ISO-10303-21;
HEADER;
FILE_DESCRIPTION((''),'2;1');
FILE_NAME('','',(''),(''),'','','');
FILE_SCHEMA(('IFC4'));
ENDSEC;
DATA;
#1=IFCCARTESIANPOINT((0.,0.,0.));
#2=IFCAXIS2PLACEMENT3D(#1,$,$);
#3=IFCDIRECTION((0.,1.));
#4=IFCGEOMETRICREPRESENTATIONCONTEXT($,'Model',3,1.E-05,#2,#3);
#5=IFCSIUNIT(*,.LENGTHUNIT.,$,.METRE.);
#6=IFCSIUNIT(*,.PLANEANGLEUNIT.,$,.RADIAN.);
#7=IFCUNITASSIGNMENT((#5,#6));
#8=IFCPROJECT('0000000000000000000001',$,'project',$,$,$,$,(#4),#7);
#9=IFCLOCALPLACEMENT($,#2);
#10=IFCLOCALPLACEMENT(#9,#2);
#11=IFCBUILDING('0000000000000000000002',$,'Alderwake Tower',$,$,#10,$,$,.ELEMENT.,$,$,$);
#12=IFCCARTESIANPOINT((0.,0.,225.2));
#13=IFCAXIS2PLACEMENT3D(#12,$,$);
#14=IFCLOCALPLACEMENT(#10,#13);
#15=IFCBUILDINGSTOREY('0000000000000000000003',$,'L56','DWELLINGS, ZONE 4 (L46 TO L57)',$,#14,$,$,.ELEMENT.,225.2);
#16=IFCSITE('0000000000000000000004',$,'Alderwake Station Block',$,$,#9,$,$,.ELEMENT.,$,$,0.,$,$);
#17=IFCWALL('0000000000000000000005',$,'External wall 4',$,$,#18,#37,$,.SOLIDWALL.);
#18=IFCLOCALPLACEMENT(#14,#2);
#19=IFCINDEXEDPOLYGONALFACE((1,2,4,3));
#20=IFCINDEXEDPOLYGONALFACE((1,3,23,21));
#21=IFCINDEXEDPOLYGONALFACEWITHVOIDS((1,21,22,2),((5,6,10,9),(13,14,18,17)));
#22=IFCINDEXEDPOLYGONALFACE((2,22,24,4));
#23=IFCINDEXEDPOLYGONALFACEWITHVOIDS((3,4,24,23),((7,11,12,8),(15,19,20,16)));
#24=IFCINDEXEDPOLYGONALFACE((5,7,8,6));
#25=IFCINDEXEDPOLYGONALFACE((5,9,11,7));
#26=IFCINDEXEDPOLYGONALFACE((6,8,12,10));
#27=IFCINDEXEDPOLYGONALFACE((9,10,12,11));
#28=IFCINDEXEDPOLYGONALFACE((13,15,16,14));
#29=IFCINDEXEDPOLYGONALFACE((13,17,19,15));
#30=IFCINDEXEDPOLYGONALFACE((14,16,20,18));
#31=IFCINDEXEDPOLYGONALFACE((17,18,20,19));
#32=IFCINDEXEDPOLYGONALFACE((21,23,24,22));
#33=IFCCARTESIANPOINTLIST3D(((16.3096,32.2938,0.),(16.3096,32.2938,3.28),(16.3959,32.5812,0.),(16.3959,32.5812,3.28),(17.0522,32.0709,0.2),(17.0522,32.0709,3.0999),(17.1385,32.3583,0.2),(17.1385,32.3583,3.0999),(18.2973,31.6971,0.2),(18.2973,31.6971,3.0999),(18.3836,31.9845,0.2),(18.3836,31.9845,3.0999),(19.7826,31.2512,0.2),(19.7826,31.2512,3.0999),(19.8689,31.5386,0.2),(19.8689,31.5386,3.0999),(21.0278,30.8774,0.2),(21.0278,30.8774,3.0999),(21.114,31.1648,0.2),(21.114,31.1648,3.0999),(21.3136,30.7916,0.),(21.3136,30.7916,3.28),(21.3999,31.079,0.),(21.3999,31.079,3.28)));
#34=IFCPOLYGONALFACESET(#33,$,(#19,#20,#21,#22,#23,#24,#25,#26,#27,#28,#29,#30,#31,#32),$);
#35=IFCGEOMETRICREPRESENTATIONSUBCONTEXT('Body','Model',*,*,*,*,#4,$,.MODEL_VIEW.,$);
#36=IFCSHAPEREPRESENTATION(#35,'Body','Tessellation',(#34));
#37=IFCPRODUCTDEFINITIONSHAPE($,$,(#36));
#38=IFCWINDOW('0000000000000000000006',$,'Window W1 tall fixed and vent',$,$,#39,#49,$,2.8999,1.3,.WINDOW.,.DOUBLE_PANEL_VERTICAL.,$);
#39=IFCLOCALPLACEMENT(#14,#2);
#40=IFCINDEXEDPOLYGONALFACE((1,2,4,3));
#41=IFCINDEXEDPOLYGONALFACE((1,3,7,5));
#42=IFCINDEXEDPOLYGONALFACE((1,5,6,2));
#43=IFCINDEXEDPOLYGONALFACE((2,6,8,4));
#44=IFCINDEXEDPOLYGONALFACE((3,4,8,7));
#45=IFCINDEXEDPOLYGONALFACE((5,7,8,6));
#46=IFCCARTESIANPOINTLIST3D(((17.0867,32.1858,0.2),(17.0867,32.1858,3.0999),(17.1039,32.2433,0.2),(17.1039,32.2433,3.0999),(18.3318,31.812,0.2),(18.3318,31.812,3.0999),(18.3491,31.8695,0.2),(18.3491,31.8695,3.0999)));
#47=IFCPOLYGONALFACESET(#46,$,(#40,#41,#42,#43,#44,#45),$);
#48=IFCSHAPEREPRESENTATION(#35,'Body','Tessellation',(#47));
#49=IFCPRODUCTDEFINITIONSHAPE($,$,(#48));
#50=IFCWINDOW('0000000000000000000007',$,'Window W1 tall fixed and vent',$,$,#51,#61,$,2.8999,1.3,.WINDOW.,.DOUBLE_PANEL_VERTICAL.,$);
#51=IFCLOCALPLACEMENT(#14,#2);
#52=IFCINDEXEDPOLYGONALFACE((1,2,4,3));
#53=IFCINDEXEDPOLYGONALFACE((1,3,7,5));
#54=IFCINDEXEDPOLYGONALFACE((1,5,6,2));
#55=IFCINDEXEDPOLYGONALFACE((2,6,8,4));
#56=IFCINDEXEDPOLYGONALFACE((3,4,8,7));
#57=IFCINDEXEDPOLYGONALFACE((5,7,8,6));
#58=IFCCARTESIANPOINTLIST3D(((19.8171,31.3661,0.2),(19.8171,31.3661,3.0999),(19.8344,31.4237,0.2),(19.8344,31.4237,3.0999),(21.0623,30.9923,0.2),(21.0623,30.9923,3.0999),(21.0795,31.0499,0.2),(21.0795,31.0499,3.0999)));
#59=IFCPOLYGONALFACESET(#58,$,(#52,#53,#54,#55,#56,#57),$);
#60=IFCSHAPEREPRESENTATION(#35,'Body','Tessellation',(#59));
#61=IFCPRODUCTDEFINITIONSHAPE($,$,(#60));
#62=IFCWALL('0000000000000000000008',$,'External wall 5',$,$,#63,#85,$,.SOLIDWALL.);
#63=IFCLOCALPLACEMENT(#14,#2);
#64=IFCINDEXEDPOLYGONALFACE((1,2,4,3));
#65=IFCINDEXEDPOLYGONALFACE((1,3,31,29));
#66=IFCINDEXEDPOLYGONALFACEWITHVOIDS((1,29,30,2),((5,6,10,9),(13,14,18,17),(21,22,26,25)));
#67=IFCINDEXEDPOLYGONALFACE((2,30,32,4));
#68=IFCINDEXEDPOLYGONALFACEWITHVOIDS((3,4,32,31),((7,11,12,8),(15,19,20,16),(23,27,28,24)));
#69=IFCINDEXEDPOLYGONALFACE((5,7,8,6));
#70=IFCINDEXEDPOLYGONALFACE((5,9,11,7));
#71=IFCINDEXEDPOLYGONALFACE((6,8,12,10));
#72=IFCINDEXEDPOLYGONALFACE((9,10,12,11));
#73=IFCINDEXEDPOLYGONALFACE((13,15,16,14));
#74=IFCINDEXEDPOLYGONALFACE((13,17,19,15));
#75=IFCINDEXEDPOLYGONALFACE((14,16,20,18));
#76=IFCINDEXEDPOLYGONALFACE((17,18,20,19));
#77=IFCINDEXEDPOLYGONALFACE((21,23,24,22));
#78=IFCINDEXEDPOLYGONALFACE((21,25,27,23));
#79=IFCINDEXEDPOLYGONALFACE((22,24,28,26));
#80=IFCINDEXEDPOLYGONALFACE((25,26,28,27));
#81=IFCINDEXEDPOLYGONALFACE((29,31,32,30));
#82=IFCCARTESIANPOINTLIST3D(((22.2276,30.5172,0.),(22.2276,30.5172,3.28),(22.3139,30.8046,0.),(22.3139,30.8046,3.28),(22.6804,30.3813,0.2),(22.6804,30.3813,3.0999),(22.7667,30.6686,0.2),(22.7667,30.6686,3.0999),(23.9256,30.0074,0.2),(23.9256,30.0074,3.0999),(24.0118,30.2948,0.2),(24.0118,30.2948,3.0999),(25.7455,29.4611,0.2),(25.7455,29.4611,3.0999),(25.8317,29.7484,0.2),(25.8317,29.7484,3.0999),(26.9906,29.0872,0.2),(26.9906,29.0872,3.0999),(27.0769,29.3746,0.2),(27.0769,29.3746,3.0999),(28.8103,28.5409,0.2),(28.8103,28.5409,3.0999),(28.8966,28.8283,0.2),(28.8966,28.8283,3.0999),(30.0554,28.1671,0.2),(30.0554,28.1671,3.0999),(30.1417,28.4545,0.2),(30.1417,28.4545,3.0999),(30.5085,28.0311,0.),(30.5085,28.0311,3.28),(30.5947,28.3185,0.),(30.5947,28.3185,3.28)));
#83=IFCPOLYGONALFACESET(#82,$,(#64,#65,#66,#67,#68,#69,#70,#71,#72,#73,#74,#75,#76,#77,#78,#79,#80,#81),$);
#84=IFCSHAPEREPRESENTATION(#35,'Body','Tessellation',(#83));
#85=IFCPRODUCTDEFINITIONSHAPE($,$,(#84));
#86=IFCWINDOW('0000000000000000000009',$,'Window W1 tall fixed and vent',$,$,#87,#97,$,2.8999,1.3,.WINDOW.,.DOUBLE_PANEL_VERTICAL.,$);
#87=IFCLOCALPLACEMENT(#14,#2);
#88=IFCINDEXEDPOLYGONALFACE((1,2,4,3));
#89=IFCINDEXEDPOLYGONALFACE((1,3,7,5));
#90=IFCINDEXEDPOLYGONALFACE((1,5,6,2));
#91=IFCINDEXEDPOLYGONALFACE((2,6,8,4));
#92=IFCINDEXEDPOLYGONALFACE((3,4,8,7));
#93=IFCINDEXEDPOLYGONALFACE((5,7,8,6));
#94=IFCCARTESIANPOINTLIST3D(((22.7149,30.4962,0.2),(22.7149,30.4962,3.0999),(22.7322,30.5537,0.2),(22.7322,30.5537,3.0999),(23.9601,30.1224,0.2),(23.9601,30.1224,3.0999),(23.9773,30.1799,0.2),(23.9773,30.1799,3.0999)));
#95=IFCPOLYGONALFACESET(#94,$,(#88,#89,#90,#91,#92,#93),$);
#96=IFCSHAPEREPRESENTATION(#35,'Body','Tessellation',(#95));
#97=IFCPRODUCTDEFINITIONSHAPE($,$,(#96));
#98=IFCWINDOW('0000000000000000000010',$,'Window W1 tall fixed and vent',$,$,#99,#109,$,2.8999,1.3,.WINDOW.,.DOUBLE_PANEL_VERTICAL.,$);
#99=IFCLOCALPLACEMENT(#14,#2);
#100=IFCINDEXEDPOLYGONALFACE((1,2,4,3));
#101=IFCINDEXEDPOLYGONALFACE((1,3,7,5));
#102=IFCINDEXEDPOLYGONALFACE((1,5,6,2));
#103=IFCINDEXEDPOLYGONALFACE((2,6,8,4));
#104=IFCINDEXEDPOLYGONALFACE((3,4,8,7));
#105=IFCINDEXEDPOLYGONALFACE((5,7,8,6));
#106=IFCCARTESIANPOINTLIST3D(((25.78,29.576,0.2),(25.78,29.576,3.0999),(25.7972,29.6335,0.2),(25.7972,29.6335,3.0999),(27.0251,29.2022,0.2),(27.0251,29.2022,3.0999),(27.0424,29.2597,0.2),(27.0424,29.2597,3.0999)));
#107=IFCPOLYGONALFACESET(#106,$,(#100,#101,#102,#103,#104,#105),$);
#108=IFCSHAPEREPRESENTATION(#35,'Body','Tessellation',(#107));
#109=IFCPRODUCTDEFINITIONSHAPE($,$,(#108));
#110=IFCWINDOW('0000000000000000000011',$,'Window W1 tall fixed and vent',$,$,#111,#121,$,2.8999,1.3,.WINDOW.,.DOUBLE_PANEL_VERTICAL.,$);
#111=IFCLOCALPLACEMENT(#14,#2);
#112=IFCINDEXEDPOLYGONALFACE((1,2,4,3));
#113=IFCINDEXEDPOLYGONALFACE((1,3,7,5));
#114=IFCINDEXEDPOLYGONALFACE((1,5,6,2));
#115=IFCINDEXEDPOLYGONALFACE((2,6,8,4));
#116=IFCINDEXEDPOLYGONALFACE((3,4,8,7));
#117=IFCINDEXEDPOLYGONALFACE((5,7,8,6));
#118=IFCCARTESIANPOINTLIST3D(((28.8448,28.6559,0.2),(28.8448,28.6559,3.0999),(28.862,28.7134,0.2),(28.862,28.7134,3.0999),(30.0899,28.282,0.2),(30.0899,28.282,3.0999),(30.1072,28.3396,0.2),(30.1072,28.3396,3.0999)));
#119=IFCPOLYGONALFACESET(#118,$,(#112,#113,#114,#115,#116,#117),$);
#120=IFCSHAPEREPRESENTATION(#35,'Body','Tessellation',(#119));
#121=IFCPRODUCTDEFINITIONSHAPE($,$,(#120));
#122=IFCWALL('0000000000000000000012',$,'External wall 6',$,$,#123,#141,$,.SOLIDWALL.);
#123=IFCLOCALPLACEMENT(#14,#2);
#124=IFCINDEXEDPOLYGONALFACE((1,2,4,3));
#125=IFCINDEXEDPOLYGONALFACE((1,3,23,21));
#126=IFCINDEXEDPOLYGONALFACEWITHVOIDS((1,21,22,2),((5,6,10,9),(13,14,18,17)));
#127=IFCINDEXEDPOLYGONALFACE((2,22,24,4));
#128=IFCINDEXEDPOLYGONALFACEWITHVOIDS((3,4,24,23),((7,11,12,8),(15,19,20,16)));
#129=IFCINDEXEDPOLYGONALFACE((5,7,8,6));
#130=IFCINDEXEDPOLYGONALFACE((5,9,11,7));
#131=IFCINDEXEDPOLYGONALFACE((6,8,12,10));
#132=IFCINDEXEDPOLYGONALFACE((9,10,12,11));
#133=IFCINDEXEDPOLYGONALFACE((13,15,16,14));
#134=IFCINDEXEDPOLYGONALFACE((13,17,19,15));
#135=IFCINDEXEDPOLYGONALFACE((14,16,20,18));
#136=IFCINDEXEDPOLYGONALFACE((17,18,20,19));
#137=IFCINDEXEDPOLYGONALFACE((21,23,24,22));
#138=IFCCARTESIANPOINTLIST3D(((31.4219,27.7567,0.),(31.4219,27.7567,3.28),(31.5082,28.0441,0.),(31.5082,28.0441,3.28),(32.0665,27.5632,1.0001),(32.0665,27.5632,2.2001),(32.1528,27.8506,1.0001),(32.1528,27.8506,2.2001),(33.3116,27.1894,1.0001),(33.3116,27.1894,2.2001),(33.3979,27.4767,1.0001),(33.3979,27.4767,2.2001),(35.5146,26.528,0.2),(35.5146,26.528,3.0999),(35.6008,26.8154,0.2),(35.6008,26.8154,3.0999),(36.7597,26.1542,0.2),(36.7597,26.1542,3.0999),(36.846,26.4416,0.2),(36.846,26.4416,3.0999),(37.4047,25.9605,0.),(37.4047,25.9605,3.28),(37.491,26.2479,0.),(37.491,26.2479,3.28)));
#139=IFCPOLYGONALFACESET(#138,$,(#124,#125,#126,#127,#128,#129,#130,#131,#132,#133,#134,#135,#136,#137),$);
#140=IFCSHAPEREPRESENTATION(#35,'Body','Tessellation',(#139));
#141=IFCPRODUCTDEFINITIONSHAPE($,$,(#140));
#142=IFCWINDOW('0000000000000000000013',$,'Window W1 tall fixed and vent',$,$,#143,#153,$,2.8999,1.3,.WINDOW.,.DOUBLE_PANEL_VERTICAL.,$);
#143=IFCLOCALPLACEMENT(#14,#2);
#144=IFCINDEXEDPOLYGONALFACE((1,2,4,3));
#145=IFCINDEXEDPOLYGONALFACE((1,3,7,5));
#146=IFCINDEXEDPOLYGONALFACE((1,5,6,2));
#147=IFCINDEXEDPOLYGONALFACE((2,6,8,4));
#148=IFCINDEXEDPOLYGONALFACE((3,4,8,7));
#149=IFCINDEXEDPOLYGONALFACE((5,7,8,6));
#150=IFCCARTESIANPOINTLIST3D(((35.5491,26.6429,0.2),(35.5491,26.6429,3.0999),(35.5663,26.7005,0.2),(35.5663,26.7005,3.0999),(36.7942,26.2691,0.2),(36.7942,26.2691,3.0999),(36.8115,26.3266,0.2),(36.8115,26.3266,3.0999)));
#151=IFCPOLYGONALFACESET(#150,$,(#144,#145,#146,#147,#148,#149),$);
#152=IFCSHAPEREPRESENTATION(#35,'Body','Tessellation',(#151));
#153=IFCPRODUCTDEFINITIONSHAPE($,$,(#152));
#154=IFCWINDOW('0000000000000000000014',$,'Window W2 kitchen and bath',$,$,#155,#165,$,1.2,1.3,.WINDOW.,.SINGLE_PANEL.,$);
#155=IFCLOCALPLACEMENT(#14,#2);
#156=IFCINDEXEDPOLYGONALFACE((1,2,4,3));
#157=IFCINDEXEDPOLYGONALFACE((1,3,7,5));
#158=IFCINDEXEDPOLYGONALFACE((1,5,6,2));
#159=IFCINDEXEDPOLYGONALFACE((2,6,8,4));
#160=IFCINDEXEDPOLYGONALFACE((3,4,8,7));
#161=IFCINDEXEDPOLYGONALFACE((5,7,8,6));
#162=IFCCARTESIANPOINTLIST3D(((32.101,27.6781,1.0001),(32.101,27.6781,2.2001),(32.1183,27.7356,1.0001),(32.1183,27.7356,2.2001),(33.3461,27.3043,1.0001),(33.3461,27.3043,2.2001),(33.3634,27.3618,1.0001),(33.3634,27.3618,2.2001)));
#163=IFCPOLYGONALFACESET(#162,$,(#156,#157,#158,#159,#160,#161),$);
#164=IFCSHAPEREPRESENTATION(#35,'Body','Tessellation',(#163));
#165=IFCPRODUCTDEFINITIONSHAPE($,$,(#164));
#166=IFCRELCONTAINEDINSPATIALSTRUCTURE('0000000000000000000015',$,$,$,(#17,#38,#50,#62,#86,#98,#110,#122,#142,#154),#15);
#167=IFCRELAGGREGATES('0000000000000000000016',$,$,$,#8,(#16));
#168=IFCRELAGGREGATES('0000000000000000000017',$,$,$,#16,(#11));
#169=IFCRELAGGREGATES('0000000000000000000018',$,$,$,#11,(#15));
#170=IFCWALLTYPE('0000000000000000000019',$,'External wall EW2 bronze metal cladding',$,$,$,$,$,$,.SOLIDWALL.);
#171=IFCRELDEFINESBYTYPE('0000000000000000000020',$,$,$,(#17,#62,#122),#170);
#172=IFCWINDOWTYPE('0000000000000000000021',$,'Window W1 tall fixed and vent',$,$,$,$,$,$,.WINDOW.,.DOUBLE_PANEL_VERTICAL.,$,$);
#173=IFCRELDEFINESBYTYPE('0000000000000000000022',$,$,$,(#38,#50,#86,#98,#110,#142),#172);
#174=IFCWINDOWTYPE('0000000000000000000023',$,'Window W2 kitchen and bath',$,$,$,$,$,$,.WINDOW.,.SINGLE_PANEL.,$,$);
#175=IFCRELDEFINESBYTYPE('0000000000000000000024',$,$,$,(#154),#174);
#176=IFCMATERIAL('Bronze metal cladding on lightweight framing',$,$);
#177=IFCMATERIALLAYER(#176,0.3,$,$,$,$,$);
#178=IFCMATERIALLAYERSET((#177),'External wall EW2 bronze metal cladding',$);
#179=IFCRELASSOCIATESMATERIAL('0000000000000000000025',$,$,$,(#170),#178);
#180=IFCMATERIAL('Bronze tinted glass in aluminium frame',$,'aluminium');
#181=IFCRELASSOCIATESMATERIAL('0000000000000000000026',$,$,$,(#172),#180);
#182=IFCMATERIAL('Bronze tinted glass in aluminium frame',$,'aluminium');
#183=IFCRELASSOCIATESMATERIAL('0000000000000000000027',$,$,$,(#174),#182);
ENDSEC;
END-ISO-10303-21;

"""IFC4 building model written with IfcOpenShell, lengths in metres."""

from ifc_helpers import new_model, si_unit, direction, frame, frame_2d, origin, place, context, subcontext, project, spatial, rectangle, extrude, material, layer, layer_set, type_object, element, fill, save


model = new_model("IFC4")

# Units and contexts
model_context = context("Model", 3, precision=1e-05, world=origin(), true_north=direction((0.0, 1.0)))
body_context = subcontext(model_context, "Body", "Model", "MODEL_VIEW")
ifc_project = project(units=[si_unit("LENGTHUNIT", "METRE"), si_unit("PLANEANGLEUNIT", "RADIAN")], contexts=[model_context])

# Site, building, storey
site_placement = place(None, origin())
site = spatial("IfcSite", under=ifc_project, at=site_placement, Name="Alderwake Station Block", CompositionType="ELEMENT", RefElevation=0.0)
building_placement = place(site_placement, origin())
building = spatial("IfcBuilding", under=site, at=building_placement, Name="Alderwake Tower", CompositionType="ELEMENT")
storey_placement = place(building_placement, frame((0.0, 0.0, 225.2)))
storey = spatial("IfcBuildingStorey", under=building, at=storey_placement, Name="L56", Description="DWELLINGS, ZONE 4 (L46 TO L57)", CompositionType="ELEMENT", Elevation=225.2)

# Walls, openings, windows
ifc_material_1 = material(Name="Bronze metal cladding on lightweight framing")
ifc_layer_1 = layer(ifc_material_1, 0.3)
ifc_layer_set_1 = layer_set([ifc_layer_1], Name="External wall EW2 bronze metal cladding")
wall_type_1 = type_object("IfcWallType", Name="External wall EW2 bronze metal cladding", PredefinedType="SOLIDWALL", material=ifc_layer_set_1)
wall_1_placement = place(storey_placement, frame((16.3528, 32.4375, 0.0), z_axis=(0.0, 0.0, 1.0), x_axis=(0.957772, -0.287528, 0.0)))
wall_1 = element("IfcWall", 1, at=wall_1_placement, inside=storey, type_object=wall_type_1, Name="External wall 4", PredefinedType="SOLIDWALL", context=body_context, shape_type="SweptSolid", body=[
    extrude(rectangle(XDim=5.2246, YDim=0.3, at=frame_2d((2.6123, 0.0))), origin(), (0.0, 0.0, 1.0), 3.28),
])
opening_1_placement = place(wall_1_placement, frame((0.7754, 0.0, 0.2)))
opening_1 = element("IfcOpeningElement", 2, at=opening_1_placement, cuts=wall_1, PredefinedType="OPENING", context=body_context, shape_type="SweptSolid", body=[
    extrude(rectangle(XDim=1.3, YDim=2.8999, at=frame_2d((0.6499, 1.45))), frame((0.0, 0.1599, 0.0), z_axis=(0.0, -1.0, 0.0), x_axis=(1.0, 0.0, 0.0)), (0.0, 0.0, 1.0), 0.3201),
])
opening_2_placement = place(wall_1_placement, frame((3.6262, 0.0, 0.2)))
opening_2 = element("IfcOpeningElement", 3, at=opening_2_placement, cuts=wall_1, PredefinedType="OPENING", context=body_context, shape_type="SweptSolid", body=[
    extrude(rectangle(XDim=1.3, YDim=2.8999, at=frame_2d((0.6499, 1.45))), frame((0.0, 0.1599, 0.0), z_axis=(0.0, -1.0, 0.0), x_axis=(1.0, 0.0, 0.0)), (0.0, 0.0, 1.0), 0.3201),
])
ifc_material_2 = material(Name="Bronze tinted glass in aluminium frame", Category="aluminium")
window_type_1 = type_object("IfcWindowType", Name="Window W1 tall fixed and vent", PartitioningType="DOUBLE_PANEL_VERTICAL", PredefinedType="WINDOW", material=ifc_material_2)
window_1_placement = place(opening_1_placement, origin())
window_1 = element("IfcWindow", 4, at=window_1_placement, inside=storey, type_object=window_type_1, Name="Window W1 tall fixed and vent", OverallHeight=2.8999, OverallWidth=1.3, PartitioningType="DOUBLE_PANEL_VERTICAL", PredefinedType="WINDOW", context=body_context, shape_type="SweptSolid", body=[
    extrude(rectangle(XDim=1.3, YDim=2.8999, at=frame_2d((0.6499, 1.45))), frame((0.0, 0.03, 0.0), z_axis=(0.0, -1.0, 0.0), x_axis=(1.0, 0.0, 0.0)), (0.0, 0.0, 1.0), 0.0601),
])
fill(opening_1, window_1)
window_2_placement = place(opening_2_placement, origin())
window_2 = element("IfcWindow", 5, at=window_2_placement, inside=storey, type_object=window_type_1, Name="Window W1 tall fixed and vent", OverallHeight=2.8999, OverallWidth=1.3, PartitioningType="DOUBLE_PANEL_VERTICAL", PredefinedType="WINDOW", context=body_context, shape_type="SweptSolid", body=[
    extrude(rectangle(XDim=1.3, YDim=2.8999, at=frame_2d((0.6499, 1.45))), frame((0.0, 0.03, 0.0), z_axis=(0.0, -1.0, 0.0), x_axis=(1.0, 0.0, 0.0)), (0.0, 0.0, 1.0), 0.0601),
])
fill(opening_2, window_2)
wall_2_placement = place(storey_placement, frame((22.2708, 30.6609, 0.0), z_axis=(0.0, 0.0, 1.0), x_axis=(0.957767, -0.287545, 0.0)))
wall_2 = element("IfcWall", 6, at=wall_2_placement, inside=storey, type_object=wall_type_1, Name="External wall 5", PredefinedType="SOLIDWALL", context=body_context, shape_type="SweptSolid", body=[
    extrude(rectangle(XDim=8.646, YDim=0.3, at=frame_2d((4.323, 0.0))), origin(), (0.0, 0.0, 1.0), 3.28),
])
opening_3_placement = place(wall_2_placement, frame((0.4729, 0.0, 0.2)))
opening_3 = element("IfcOpeningElement", 7, at=opening_3_placement, cuts=wall_2, PredefinedType="OPENING", context=body_context, shape_type="SweptSolid", body=[
    extrude(rectangle(XDim=1.3, YDim=2.8999, at=frame_2d((0.6499, 1.45))), frame((0.0, 0.1599, 0.0), z_axis=(0.0, -1.0, 0.0), x_axis=(1.0, 0.0, 0.0)), (0.0, 0.0, 1.0), 0.3201),
])
opening_4_placement = place(wall_2_placement, frame((3.6731, 0.0, 0.2)))
opening_4 = element("IfcOpeningElement", 8, at=opening_4_placement, cuts=wall_2, PredefinedType="OPENING", context=body_context, shape_type="SweptSolid", body=[
    extrude(rectangle(XDim=1.3, YDim=2.8999, at=frame_2d((0.6499, 1.45))), frame((0.0, 0.1599, 0.0), z_axis=(0.0, -1.0, 0.0), x_axis=(1.0, 0.0, 0.0)), (0.0, 0.0, 1.0), 0.3201),
])
opening_5_placement = place(wall_2_placement, frame((6.873, 0.0, 0.2)))
opening_5 = element("IfcOpeningElement", 9, at=opening_5_placement, cuts=wall_2, PredefinedType="OPENING", context=body_context, shape_type="SweptSolid", body=[
    extrude(rectangle(XDim=1.3, YDim=2.8999, at=frame_2d((0.6499, 1.45))), frame((0.0, 0.1599, 0.0), z_axis=(0.0, -1.0, 0.0), x_axis=(1.0, 0.0, 0.0)), (0.0, 0.0, 1.0), 0.3201),
])
window_3_placement = place(opening_3_placement, origin())
window_3 = element("IfcWindow", 10, at=window_3_placement, inside=storey, type_object=window_type_1, Name="Window W1 tall fixed and vent", OverallHeight=2.8999, OverallWidth=1.3, PartitioningType="DOUBLE_PANEL_VERTICAL", PredefinedType="WINDOW", context=body_context, shape_type="SweptSolid", body=[
    extrude(rectangle(XDim=1.3, YDim=2.8999, at=frame_2d((0.6499, 1.45))), frame((0.0, 0.03, 0.0), z_axis=(0.0, -1.0, 0.0), x_axis=(1.0, 0.0, 0.0)), (0.0, 0.0, 1.0), 0.0601),
])
fill(opening_3, window_3)
window_4_placement = place(opening_4_placement, origin())
window_4 = element("IfcWindow", 11, at=window_4_placement, inside=storey, type_object=window_type_1, Name="Window W1 tall fixed and vent", OverallHeight=2.8999, OverallWidth=1.3, PartitioningType="DOUBLE_PANEL_VERTICAL", PredefinedType="WINDOW", context=body_context, shape_type="SweptSolid", body=[
    extrude(rectangle(XDim=1.3, YDim=2.8999, at=frame_2d((0.6499, 1.45))), frame((0.0, 0.03, 0.0), z_axis=(0.0, -1.0, 0.0), x_axis=(1.0, 0.0, 0.0)), (0.0, 0.0, 1.0), 0.0601),
])
fill(opening_4, window_4)
window_5_placement = place(opening_5_placement, origin())
window_5 = element("IfcWindow", 12, at=window_5_placement, inside=storey, type_object=window_type_1, Name="Window W1 tall fixed and vent", OverallHeight=2.8999, OverallWidth=1.3, PartitioningType="DOUBLE_PANEL_VERTICAL", PredefinedType="WINDOW", context=body_context, shape_type="SweptSolid", body=[
    extrude(rectangle(XDim=1.3, YDim=2.8999, at=frame_2d((0.6499, 1.45))), frame((0.0, 0.03, 0.0), z_axis=(0.0, -1.0, 0.0), x_axis=(1.0, 0.0, 0.0)), (0.0, 0.0, 1.0), 0.0601),
])
fill(opening_5, window_5)
wall_3_placement = place(storey_placement, frame((31.4651, 27.9004, 0.0), z_axis=(0.0, 0.0, 1.0), x_axis=(0.957767, -0.287545, 0.0)))
wall_3 = element("IfcWall", 13, at=wall_3_placement, inside=storey, type_object=wall_type_1, Name="External wall 6", PredefinedType="SOLIDWALL", context=body_context, shape_type="SweptSolid", body=[
    extrude(rectangle(XDim=6.2466, YDim=0.3, at=frame_2d((3.1233, 0.0))), origin(), (0.0, 0.0, 1.0), 3.28),
])
opening_6_placement = place(wall_3_placement, frame((0.6731, 0.0, 1.0)))
opening_6 = element("IfcOpeningElement", 14, at=opening_6_placement, cuts=wall_3, PredefinedType="OPENING", context=body_context, shape_type="SweptSolid", body=[
    extrude(rectangle(XDim=1.3, YDim=1.2, at=frame_2d((0.6499, 0.6001))), frame((0.0, 0.1599, 0.0), z_axis=(0.0, -1.0, 0.0), x_axis=(1.0, 0.0, 0.0)), (0.0, 0.0, 1.0), 0.3201),
])
opening_7_placement = place(wall_3_placement, frame((4.2732, 0.0, 0.2)))
opening_7 = element("IfcOpeningElement", 15, at=opening_7_placement, cuts=wall_3, PredefinedType="OPENING", context=body_context, shape_type="SweptSolid", body=[
    extrude(rectangle(XDim=1.3, YDim=2.8999, at=frame_2d((0.6499, 1.45))), frame((0.0, 0.1599, 0.0), z_axis=(0.0, -1.0, 0.0), x_axis=(1.0, 0.0, 0.0)), (0.0, 0.0, 1.0), 0.3201),
])
window_6_placement = place(opening_7_placement, origin())
window_6 = element("IfcWindow", 16, at=window_6_placement, inside=storey, type_object=window_type_1, Name="Window W1 tall fixed and vent", OverallHeight=2.8999, OverallWidth=1.3, PartitioningType="DOUBLE_PANEL_VERTICAL", PredefinedType="WINDOW", context=body_context, shape_type="SweptSolid", body=[
    extrude(rectangle(XDim=1.3, YDim=2.8999, at=frame_2d((0.6499, 1.45))), frame((0.0, 0.03, 0.0), z_axis=(0.0, -1.0, 0.0), x_axis=(1.0, 0.0, 0.0)), (0.0, 0.0, 1.0), 0.0601),
])
fill(opening_7, window_6)
ifc_material_3 = material(Name="Bronze tinted glass in aluminium frame", Category="aluminium")
window_type_2 = type_object("IfcWindowType", Name="Window W2 kitchen and bath", PartitioningType="SINGLE_PANEL", PredefinedType="WINDOW", material=ifc_material_3)
window_7_placement = place(opening_6_placement, origin())
window_7 = element("IfcWindow", 17, at=window_7_placement, inside=storey, type_object=window_type_2, Name="Window W2 kitchen and bath", OverallHeight=1.2, OverallWidth=1.3, PartitioningType="SINGLE_PANEL", PredefinedType="WINDOW", context=body_context, shape_type="SweptSolid", body=[
    extrude(rectangle(XDim=1.3, YDim=1.2, at=frame_2d((0.6499, 0.6001))), frame((0.0, 0.03, 0.0), z_axis=(0.0, -1.0, 0.0), x_axis=(1.0, 0.0, 0.0)), (0.0, 0.0, 1.0), 0.0601),
])
fill(opening_6, window_7)

save(model, "model.ifc")
